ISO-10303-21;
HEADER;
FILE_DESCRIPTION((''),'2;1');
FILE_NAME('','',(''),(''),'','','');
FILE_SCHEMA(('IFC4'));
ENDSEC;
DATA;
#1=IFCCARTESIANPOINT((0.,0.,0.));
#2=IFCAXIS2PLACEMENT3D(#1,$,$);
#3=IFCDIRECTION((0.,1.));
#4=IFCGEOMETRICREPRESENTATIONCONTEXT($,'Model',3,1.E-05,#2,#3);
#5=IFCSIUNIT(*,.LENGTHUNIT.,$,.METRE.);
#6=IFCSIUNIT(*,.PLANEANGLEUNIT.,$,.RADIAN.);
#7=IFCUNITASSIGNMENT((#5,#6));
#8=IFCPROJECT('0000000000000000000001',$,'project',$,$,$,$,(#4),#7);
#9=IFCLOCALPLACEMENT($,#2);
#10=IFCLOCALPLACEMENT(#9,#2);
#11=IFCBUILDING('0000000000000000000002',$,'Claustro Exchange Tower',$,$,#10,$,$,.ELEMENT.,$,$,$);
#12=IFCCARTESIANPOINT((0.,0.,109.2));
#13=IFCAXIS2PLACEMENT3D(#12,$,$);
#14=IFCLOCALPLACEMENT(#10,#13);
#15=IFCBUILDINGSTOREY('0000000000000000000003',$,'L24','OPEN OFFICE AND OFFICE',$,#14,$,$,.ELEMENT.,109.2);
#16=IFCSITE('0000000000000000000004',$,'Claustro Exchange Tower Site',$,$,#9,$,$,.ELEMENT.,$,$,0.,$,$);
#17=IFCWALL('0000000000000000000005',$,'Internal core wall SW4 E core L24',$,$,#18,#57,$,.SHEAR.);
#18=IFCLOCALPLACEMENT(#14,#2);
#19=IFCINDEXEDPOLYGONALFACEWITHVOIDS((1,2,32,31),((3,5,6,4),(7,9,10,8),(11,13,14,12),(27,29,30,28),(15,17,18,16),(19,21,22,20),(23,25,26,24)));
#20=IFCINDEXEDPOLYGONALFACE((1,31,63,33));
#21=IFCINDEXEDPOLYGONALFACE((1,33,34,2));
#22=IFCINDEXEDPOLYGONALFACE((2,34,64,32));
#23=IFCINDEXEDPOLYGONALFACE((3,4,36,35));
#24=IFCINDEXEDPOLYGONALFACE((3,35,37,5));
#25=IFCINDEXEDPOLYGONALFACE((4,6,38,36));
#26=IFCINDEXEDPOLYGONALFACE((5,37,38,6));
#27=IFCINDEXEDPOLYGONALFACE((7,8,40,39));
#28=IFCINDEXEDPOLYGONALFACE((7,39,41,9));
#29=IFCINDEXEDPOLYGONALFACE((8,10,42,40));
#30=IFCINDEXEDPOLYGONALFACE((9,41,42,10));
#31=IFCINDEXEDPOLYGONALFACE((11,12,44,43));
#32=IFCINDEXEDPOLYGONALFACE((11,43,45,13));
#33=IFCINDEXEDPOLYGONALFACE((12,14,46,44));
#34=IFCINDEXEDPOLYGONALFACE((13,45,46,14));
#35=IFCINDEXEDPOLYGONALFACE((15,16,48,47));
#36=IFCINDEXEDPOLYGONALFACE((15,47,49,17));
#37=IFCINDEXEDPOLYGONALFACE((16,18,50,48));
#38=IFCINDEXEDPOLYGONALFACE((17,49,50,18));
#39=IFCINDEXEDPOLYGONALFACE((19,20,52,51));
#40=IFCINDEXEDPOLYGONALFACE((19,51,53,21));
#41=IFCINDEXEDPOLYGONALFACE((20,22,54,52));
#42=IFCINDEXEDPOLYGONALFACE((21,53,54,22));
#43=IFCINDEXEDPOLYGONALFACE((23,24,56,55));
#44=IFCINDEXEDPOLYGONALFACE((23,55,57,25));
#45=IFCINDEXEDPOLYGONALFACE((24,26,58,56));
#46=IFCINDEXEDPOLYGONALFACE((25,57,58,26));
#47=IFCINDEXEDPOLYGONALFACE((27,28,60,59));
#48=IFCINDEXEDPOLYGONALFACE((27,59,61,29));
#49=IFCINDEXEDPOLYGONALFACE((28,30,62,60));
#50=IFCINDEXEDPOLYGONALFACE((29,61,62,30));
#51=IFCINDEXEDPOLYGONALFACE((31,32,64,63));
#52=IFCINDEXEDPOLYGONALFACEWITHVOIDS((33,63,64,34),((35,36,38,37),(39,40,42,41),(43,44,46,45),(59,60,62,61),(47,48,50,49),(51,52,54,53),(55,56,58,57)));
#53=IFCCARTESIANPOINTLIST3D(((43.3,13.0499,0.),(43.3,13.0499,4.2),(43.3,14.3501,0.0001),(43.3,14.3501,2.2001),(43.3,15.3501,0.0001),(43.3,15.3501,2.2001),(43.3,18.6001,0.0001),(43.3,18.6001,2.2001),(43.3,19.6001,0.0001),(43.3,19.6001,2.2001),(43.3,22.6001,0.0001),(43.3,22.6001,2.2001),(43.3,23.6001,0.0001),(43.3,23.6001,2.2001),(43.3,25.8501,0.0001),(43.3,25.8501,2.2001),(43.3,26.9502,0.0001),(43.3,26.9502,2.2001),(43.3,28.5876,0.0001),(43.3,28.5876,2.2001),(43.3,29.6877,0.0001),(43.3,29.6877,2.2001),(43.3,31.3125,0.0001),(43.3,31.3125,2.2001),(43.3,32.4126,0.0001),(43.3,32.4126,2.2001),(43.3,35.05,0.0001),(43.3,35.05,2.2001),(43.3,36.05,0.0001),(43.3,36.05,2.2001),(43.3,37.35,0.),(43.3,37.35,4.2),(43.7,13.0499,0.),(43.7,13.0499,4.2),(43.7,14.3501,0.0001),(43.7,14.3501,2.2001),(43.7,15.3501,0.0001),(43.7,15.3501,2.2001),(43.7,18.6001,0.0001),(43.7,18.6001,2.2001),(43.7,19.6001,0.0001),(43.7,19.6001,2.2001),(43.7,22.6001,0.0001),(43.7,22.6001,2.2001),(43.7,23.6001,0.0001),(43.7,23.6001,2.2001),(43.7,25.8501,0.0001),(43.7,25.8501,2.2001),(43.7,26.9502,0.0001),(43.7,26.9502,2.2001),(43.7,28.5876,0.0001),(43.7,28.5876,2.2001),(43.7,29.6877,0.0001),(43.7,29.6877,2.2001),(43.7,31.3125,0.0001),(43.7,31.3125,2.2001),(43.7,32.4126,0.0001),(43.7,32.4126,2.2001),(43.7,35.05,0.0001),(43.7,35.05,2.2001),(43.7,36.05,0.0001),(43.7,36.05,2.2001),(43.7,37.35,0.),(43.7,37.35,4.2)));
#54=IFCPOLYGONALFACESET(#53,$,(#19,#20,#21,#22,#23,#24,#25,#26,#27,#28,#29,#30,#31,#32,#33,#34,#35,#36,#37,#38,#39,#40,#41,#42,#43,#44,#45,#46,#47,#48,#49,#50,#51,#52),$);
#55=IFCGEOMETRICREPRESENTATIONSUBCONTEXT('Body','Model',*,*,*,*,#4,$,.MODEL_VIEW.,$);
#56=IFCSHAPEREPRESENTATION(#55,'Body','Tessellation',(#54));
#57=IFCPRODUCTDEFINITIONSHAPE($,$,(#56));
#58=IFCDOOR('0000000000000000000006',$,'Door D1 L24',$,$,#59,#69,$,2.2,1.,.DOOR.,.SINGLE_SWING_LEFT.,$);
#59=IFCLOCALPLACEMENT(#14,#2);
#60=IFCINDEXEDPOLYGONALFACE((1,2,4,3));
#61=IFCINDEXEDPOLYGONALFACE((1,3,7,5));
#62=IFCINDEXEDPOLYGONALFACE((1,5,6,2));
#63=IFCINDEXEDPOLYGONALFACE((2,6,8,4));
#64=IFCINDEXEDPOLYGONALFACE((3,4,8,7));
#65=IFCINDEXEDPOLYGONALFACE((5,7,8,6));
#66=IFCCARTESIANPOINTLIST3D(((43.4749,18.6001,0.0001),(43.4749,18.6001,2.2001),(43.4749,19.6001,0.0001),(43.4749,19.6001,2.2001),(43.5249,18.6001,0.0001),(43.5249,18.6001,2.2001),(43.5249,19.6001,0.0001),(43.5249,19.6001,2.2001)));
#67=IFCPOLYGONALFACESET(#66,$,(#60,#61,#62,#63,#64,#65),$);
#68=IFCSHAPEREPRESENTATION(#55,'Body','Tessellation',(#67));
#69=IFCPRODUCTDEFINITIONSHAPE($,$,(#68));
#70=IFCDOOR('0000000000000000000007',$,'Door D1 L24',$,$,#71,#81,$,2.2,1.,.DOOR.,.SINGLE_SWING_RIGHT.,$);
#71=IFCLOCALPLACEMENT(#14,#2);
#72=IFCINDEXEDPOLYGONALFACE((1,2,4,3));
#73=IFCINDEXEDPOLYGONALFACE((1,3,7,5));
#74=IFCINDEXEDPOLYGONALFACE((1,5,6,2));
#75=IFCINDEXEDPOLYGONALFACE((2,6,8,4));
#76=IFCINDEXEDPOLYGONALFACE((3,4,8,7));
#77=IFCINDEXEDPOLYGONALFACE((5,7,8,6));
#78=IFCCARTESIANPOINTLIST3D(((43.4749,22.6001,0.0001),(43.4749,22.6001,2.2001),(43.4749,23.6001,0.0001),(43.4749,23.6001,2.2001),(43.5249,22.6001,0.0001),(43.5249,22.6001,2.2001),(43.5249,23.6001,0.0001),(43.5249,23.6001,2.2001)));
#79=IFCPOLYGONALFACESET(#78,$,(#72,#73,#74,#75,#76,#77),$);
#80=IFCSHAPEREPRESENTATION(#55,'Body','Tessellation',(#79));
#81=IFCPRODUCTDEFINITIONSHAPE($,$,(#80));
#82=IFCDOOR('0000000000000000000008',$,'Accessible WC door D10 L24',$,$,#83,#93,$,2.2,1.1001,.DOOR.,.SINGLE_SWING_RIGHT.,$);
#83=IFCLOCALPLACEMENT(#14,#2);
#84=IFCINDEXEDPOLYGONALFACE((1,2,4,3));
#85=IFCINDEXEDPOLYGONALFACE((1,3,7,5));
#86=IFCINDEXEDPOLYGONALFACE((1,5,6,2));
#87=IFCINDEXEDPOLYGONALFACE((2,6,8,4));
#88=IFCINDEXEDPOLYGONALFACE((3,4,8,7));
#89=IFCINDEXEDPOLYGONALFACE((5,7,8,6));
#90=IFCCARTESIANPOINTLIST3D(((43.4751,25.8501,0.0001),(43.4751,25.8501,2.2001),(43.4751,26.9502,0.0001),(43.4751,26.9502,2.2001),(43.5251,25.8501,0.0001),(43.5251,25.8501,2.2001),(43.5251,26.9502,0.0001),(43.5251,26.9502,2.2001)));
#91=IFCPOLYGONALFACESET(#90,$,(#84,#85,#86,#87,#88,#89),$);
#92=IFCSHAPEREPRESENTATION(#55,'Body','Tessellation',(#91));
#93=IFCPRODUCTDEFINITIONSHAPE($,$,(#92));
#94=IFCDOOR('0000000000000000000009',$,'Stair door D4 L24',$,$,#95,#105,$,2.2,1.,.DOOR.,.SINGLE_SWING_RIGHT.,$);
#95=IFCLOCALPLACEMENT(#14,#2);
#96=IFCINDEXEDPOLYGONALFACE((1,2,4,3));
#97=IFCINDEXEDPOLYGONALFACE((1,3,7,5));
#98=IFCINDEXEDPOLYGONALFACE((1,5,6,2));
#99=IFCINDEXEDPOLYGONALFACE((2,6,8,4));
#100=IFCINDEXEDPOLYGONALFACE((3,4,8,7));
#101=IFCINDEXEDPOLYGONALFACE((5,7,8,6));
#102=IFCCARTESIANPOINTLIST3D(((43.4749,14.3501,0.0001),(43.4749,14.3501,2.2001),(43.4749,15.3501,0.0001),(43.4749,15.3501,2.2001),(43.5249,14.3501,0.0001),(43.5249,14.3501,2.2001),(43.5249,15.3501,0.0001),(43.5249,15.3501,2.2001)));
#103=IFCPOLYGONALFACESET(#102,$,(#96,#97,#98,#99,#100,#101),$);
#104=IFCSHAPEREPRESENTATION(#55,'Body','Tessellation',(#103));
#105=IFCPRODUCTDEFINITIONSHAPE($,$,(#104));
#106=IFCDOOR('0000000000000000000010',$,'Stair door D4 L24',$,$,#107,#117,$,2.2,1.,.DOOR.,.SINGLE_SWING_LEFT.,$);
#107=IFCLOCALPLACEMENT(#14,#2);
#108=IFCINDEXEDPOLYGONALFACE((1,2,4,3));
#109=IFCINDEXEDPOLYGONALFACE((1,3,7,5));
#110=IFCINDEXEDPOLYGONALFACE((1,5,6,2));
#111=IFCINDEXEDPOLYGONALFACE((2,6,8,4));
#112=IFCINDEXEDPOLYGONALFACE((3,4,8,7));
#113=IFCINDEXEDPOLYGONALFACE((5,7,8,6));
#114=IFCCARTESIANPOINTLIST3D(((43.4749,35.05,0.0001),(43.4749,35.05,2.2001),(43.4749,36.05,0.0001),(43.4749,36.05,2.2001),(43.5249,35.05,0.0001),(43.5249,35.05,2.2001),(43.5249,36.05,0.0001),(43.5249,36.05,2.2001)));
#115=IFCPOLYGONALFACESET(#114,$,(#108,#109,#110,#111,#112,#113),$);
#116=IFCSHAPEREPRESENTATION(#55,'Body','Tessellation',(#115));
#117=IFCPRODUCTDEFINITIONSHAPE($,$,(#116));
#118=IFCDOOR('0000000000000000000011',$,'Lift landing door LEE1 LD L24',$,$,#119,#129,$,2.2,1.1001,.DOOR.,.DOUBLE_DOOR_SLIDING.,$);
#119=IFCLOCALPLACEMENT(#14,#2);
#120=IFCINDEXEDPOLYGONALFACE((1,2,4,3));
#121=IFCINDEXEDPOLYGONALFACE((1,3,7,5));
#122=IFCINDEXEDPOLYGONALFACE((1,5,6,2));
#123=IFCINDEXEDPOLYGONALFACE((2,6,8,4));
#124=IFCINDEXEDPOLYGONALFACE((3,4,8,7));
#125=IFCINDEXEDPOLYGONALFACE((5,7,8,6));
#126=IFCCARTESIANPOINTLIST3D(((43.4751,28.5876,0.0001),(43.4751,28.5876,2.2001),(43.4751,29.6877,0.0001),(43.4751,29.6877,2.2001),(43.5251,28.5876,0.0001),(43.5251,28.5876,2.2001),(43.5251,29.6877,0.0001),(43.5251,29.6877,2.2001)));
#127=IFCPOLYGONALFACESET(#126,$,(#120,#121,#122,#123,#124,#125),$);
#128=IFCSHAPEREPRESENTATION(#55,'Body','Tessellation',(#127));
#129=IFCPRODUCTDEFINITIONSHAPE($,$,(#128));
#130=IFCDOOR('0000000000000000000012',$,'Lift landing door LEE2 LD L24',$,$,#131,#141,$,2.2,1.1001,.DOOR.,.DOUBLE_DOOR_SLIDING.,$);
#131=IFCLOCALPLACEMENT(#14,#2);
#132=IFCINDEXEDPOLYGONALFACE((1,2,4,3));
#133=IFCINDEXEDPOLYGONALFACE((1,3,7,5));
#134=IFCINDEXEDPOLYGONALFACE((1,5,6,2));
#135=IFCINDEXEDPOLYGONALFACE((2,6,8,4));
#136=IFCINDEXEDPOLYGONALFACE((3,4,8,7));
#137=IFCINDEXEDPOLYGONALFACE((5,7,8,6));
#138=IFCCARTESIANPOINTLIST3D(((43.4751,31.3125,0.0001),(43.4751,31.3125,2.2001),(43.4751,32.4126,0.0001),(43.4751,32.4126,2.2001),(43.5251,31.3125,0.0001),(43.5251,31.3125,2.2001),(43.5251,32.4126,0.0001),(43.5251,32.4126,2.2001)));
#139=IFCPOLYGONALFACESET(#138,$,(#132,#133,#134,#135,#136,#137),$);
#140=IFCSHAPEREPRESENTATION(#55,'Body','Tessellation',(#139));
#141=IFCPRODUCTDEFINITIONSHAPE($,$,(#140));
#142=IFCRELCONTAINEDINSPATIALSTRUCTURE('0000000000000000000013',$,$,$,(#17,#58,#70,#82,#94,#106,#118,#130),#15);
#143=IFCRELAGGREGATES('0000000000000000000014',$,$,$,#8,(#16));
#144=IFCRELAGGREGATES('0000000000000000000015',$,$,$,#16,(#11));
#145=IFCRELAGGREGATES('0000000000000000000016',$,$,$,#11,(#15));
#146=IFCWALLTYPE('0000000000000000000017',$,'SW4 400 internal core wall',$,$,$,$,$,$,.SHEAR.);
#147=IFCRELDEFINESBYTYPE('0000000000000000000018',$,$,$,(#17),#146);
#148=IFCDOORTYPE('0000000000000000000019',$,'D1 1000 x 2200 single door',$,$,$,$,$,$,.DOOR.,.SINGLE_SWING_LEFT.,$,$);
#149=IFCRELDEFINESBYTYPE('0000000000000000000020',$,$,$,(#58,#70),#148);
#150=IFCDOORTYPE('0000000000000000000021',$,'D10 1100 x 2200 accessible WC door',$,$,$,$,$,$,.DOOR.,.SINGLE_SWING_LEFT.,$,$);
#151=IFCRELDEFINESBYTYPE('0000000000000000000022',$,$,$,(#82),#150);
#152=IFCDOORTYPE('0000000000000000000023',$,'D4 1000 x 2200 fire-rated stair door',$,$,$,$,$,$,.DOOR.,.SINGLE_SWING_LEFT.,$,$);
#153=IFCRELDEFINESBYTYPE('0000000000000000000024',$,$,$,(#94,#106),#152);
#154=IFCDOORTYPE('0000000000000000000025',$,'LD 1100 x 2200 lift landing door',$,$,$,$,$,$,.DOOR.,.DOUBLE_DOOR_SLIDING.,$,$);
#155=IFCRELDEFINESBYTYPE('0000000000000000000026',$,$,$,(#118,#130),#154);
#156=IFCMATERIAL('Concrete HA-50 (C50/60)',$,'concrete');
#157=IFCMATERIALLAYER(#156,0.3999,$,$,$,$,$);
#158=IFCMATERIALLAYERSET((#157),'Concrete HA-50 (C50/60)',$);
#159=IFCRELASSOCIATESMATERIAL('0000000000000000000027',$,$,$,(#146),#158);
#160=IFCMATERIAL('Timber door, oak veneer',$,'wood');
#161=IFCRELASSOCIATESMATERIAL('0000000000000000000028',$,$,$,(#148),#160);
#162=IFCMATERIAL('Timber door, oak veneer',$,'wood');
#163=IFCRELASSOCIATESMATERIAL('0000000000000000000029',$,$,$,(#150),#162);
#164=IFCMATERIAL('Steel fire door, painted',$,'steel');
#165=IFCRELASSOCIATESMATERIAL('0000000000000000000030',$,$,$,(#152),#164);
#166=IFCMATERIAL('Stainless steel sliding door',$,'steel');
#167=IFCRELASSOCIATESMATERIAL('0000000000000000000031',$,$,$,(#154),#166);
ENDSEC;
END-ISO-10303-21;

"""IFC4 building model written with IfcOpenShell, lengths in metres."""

from ifc_helpers import new_model, si_unit, direction, frame, frame_2d, origin, place, context, subcontext, project, spatial, rectangle, extrude, material, layer, layer_set, type_object, element, fill, save


model = new_model("IFC4")

# Units and contexts
model_context = context("Model", 3, precision=1e-05, world=origin(), true_north=direction((0.0, 1.0)))
body_context = subcontext(model_context, "Body", "Model", "MODEL_VIEW")
ifc_project = project(units=[si_unit("LENGTHUNIT", "METRE"), si_unit("PLANEANGLEUNIT", "RADIAN")], contexts=[model_context])

# Site, building, storey
site_placement = place(None, origin())
site = spatial("IfcSite", under=ifc_project, at=site_placement, Name="Claustro Exchange Tower Site", CompositionType="ELEMENT", RefElevation=0.0)
building_placement = place(site_placement, origin())
building = spatial("IfcBuilding", under=site, at=building_placement, Name="Claustro Exchange Tower", CompositionType="ELEMENT")
storey_placement = place(building_placement, frame((0.0, 0.0, 109.2)))
storey = spatial("IfcBuildingStorey", under=building, at=storey_placement, Name="L24", Description="OPEN OFFICE AND OFFICE", CompositionType="ELEMENT", Elevation=109.2)

# Wall, openings, doors
ifc_material_1 = material(Name="Concrete HA-50 (C50/60)", Category="concrete")
ifc_layer_1 = layer(ifc_material_1, 0.3999)
ifc_layer_set_1 = layer_set([ifc_layer_1], Name="Concrete HA-50 (C50/60)")
wall_type_1 = type_object("IfcWallType", Name="SW4 400 internal core wall", PredefinedType="SHEAR", material=ifc_layer_set_1)
wall_1_placement = place(storey_placement, frame((43.5, 13.05, 0.0), z_axis=(0.0, 0.0, 1.0), x_axis=(0.0, 1.0, 0.0)))
wall_1 = element("IfcWall", 1, at=wall_1_placement, inside=storey, type_object=wall_type_1, Name="Internal core wall SW4 E core L24", PredefinedType="SHEAR", context=body_context, shape_type="SweptSolid", body=[
    extrude(rectangle(XDim=24.3, YDim=0.3999, at=frame_2d((12.1499, 0.0))), origin(), (0.0, 0.0, 1.0), 4.2),
])
opening_1_placement = place(wall_1_placement, frame((1.3, 0.0, 0.0)))
opening_1 = element("IfcOpeningElement", 2, at=opening_1_placement, cuts=wall_1, PredefinedType="OPENING", context=body_context, shape_type="SweptSolid", body=[
    extrude(rectangle(XDim=1.0, YDim=2.2, at=frame_2d((0.5, 1.1001))), frame((0.0, 0.21, 0.0), z_axis=(0.0, -1.0, 0.0), x_axis=(1.0, 0.0, 0.0)), (0.0, 0.0, 1.0), 0.4199),
])
opening_2_placement = place(wall_1_placement, frame((22.0, 0.0, 0.0)))
opening_2 = element("IfcOpeningElement", 3, at=opening_2_placement, cuts=wall_1, PredefinedType="OPENING", context=body_context, shape_type="SweptSolid", body=[
    extrude(rectangle(XDim=1.0, YDim=2.2, at=frame_2d((0.5, 1.1001))), frame((0.0, 0.21, 0.0), z_axis=(0.0, -1.0, 0.0), x_axis=(1.0, 0.0, 0.0)), (0.0, 0.0, 1.0), 0.4199),
])
opening_3_placement = place(wall_1_placement, frame((5.55, 0.0, 0.0)))
opening_3 = element("IfcOpeningElement", 4, at=opening_3_placement, cuts=wall_1, PredefinedType="OPENING", context=body_context, shape_type="SweptSolid", body=[
    extrude(rectangle(XDim=1.0, YDim=2.2, at=frame_2d((0.5, 1.1001))), frame((0.0, 0.21, 0.0), z_axis=(0.0, -1.0, 0.0), x_axis=(1.0, 0.0, 0.0)), (0.0, 0.0, 1.0), 0.4199),
])
opening_4_placement = place(wall_1_placement, frame((9.55, 0.0, 0.0)))
opening_4 = element("IfcOpeningElement", 5, at=opening_4_placement, cuts=wall_1, PredefinedType="OPENING", context=body_context, shape_type="SweptSolid", body=[
    extrude(rectangle(XDim=1.0, YDim=2.2, at=frame_2d((0.5, 1.1001))), frame((0.0, 0.21, 0.0), z_axis=(0.0, -1.0, 0.0), x_axis=(1.0, 0.0, 0.0)), (0.0, 0.0, 1.0), 0.4199),
])
opening_5_placement = place(wall_1_placement, frame((12.8, 0.0, 0.0)))
opening_5 = element("IfcOpeningElement", 6, at=opening_5_placement, cuts=wall_1, PredefinedType="OPENING", context=body_context, shape_type="SweptSolid", body=[
    extrude(rectangle(XDim=1.1001, YDim=2.2, at=frame_2d((0.55, 1.1001))), frame((0.0, 0.21, 0.0), z_axis=(0.0, -1.0, 0.0), x_axis=(1.0, 0.0, 0.0)), (0.0, 0.0, 1.0), 0.4199),
])
opening_6_placement = place(wall_1_placement, frame((15.5376, 0.0, 0.0)))
opening_6 = element("IfcOpeningElement", 7, at=opening_6_placement, cuts=wall_1, PredefinedType="OPENING", context=body_context, shape_type="SweptSolid", body=[
    extrude(rectangle(XDim=1.1001, YDim=2.2, at=frame_2d((0.55, 1.1001))), frame((0.0, 0.21, 0.0), z_axis=(0.0, -1.0, 0.0), x_axis=(1.0, 0.0, 0.0)), (0.0, 0.0, 1.0), 0.4199),
])
opening_7_placement = place(wall_1_placement, frame((18.2625, 0.0, 0.0)))
opening_7 = element("IfcOpeningElement", 8, at=opening_7_placement, cuts=wall_1, PredefinedType="OPENING", context=body_context, shape_type="SweptSolid", body=[
    extrude(rectangle(XDim=1.1001, YDim=2.2, at=frame_2d((0.55, 1.1001))), frame((0.0, 0.21, 0.0), z_axis=(0.0, -1.0, 0.0), x_axis=(1.0, 0.0, 0.0)), (0.0, 0.0, 1.0), 0.4199),
])
ifc_material_2 = material(Name="Timber door, oak veneer", Category="wood")
door_type_1 = type_object("IfcDoorType", Name="D1 1000 x 2200 single door", OperationType="SINGLE_SWING_LEFT", PredefinedType="DOOR", material=ifc_material_2)
door_1_placement = place(opening_3_placement, frame((1.0, 0.0, 0.0), z_axis=(0.0, 0.0, 1.0), x_axis=(-1.0, 0.0, 0.0)))
door_1 = element("IfcDoor", 9, at=door_1_placement, inside=storey, type_object=door_type_1, Name="Door D1 L24", OperationType="SINGLE_SWING_LEFT", OverallHeight=2.2, OverallWidth=1.0, PredefinedType="DOOR", context=body_context, shape_type="SweptSolid", body=[
    extrude(rectangle(XDim=1.0, YDim=2.2, at=frame_2d((0.5, 1.1001))), frame((0.0, 0.0249, 0.0), z_axis=(0.0, -1.0, 0.0), x_axis=(1.0, 0.0, 0.0)), (0.0, 0.0, 1.0), 0.05),
])
fill(opening_3, door_1)
door_2_placement = place(opening_4_placement, frame((1.0, 0.0, 0.0), z_axis=(0.0, 0.0, 1.0), x_axis=(-1.0, 0.0, 0.0)))
door_2 = element("IfcDoor", 10, at=door_2_placement, inside=storey, type_object=door_type_1, Name="Door D1 L24", OperationType="SINGLE_SWING_RIGHT", OverallHeight=2.2, OverallWidth=1.0, PredefinedType="DOOR", context=body_context, shape_type="SweptSolid", body=[
    extrude(rectangle(XDim=1.0, YDim=2.2, at=frame_2d((0.5, 1.1001))), frame((0.0, 0.0249, 0.0), z_axis=(0.0, -1.0, 0.0), x_axis=(1.0, 0.0, 0.0)), (0.0, 0.0, 1.0), 0.05),
])
fill(opening_4, door_2)
ifc_material_3 = material(Name="Timber door, oak veneer", Category="wood")
door_type_2 = type_object("IfcDoorType", Name="D10 1100 x 2200 accessible WC door", OperationType="SINGLE_SWING_LEFT", PredefinedType="DOOR", material=ifc_material_3)
door_3_placement = place(opening_5_placement, origin())
door_3 = element("IfcDoor", 11, at=door_3_placement, inside=storey, type_object=door_type_2, Name="Accessible WC door D10 L24", OperationType="SINGLE_SWING_RIGHT", OverallHeight=2.2, OverallWidth=1.1001, PredefinedType="DOOR", context=body_context, shape_type="SweptSolid", body=[
    extrude(rectangle(XDim=1.1001, YDim=2.2, at=frame_2d((0.55, 1.1001))), frame((0.0, 0.0249, 0.0), z_axis=(0.0, -1.0, 0.0), x_axis=(1.0, 0.0, 0.0)), (0.0, 0.0, 1.0), 0.05),
])
fill(opening_5, door_3)
ifc_material_4 = material(Name="Steel fire door, painted", Category="steel")
door_type_3 = type_object("IfcDoorType", Name="D4 1000 x 2200 fire-rated stair door", OperationType="SINGLE_SWING_LEFT", PredefinedType="DOOR", material=ifc_material_4)
door_4_placement = place(opening_1_placement, frame((1.0, 0.0, 0.0), z_axis=(0.0, 0.0, 1.0), x_axis=(-1.0, 0.0, 0.0)))
door_4 = element("IfcDoor", 12, at=door_4_placement, inside=storey, type_object=door_type_3, Name="Stair door D4 L24", OperationType="SINGLE_SWING_RIGHT", OverallHeight=2.2, OverallWidth=1.0, PredefinedType="DOOR", context=body_context, shape_type="SweptSolid", body=[
    extrude(rectangle(XDim=1.0, YDim=2.2, at=frame_2d((0.5, 1.1001))), frame((0.0, 0.0249, 0.0), z_axis=(0.0, -1.0, 0.0), x_axis=(1.0, 0.0, 0.0)), (0.0, 0.0, 1.0), 0.05),
])
fill(opening_1, door_4)
door_5_placement = place(opening_2_placement, frame((1.0, 0.0, 0.0), z_axis=(0.0, 0.0, 1.0), x_axis=(-1.0, 0.0, 0.0)))
door_5 = element("IfcDoor", 13, at=door_5_placement, inside=storey, type_object=door_type_3, Name="Stair door D4 L24", OperationType="SINGLE_SWING_LEFT", OverallHeight=2.2, OverallWidth=1.0, PredefinedType="DOOR", context=body_context, shape_type="SweptSolid", body=[
    extrude(rectangle(XDim=1.0, YDim=2.2, at=frame_2d((0.5, 1.1001))), frame((0.0, 0.0249, 0.0), z_axis=(0.0, -1.0, 0.0), x_axis=(1.0, 0.0, 0.0)), (0.0, 0.0, 1.0), 0.05),
])
fill(opening_2, door_5)
ifc_material_5 = material(Name="Stainless steel sliding door", Category="steel")
door_type_4 = type_object("IfcDoorType", Name="LD 1100 x 2200 lift landing door", OperationType="DOUBLE_DOOR_SLIDING", PredefinedType="DOOR", material=ifc_material_5)
door_6_placement = place(opening_6_placement, origin())
door_6 = element("IfcDoor", 14, at=door_6_placement, inside=storey, type_object=door_type_4, Name="Lift landing door LEE1 LD L24", OperationType="DOUBLE_DOOR_SLIDING", OverallHeight=2.2, OverallWidth=1.1001, PredefinedType="DOOR", context=body_context, shape_type="SweptSolid", body=[
    extrude(rectangle(XDim=1.1001, YDim=2.2, at=frame_2d((0.55, 1.1001))), frame((0.0, 0.0249, 0.0), z_axis=(0.0, -1.0, 0.0), x_axis=(1.0, 0.0, 0.0)), (0.0, 0.0, 1.0), 0.05),
])
fill(opening_6, door_6)
door_7_placement = place(opening_7_placement, origin())
door_7 = element("IfcDoor", 15, at=door_7_placement, inside=storey, type_object=door_type_4, Name="Lift landing door LEE2 LD L24", OperationType="DOUBLE_DOOR_SLIDING", OverallHeight=2.2, OverallWidth=1.1001, PredefinedType="DOOR", context=body_context, shape_type="SweptSolid", body=[
    extrude(rectangle(XDim=1.1001, YDim=2.2, at=frame_2d((0.55, 1.1001))), frame((0.0, 0.0249, 0.0), z_axis=(0.0, -1.0, 0.0), x_axis=(1.0, 0.0, 0.0)), (0.0, 0.0, 1.0), 0.05),
])
fill(opening_7, door_7)

save(model, "model.ifc")
